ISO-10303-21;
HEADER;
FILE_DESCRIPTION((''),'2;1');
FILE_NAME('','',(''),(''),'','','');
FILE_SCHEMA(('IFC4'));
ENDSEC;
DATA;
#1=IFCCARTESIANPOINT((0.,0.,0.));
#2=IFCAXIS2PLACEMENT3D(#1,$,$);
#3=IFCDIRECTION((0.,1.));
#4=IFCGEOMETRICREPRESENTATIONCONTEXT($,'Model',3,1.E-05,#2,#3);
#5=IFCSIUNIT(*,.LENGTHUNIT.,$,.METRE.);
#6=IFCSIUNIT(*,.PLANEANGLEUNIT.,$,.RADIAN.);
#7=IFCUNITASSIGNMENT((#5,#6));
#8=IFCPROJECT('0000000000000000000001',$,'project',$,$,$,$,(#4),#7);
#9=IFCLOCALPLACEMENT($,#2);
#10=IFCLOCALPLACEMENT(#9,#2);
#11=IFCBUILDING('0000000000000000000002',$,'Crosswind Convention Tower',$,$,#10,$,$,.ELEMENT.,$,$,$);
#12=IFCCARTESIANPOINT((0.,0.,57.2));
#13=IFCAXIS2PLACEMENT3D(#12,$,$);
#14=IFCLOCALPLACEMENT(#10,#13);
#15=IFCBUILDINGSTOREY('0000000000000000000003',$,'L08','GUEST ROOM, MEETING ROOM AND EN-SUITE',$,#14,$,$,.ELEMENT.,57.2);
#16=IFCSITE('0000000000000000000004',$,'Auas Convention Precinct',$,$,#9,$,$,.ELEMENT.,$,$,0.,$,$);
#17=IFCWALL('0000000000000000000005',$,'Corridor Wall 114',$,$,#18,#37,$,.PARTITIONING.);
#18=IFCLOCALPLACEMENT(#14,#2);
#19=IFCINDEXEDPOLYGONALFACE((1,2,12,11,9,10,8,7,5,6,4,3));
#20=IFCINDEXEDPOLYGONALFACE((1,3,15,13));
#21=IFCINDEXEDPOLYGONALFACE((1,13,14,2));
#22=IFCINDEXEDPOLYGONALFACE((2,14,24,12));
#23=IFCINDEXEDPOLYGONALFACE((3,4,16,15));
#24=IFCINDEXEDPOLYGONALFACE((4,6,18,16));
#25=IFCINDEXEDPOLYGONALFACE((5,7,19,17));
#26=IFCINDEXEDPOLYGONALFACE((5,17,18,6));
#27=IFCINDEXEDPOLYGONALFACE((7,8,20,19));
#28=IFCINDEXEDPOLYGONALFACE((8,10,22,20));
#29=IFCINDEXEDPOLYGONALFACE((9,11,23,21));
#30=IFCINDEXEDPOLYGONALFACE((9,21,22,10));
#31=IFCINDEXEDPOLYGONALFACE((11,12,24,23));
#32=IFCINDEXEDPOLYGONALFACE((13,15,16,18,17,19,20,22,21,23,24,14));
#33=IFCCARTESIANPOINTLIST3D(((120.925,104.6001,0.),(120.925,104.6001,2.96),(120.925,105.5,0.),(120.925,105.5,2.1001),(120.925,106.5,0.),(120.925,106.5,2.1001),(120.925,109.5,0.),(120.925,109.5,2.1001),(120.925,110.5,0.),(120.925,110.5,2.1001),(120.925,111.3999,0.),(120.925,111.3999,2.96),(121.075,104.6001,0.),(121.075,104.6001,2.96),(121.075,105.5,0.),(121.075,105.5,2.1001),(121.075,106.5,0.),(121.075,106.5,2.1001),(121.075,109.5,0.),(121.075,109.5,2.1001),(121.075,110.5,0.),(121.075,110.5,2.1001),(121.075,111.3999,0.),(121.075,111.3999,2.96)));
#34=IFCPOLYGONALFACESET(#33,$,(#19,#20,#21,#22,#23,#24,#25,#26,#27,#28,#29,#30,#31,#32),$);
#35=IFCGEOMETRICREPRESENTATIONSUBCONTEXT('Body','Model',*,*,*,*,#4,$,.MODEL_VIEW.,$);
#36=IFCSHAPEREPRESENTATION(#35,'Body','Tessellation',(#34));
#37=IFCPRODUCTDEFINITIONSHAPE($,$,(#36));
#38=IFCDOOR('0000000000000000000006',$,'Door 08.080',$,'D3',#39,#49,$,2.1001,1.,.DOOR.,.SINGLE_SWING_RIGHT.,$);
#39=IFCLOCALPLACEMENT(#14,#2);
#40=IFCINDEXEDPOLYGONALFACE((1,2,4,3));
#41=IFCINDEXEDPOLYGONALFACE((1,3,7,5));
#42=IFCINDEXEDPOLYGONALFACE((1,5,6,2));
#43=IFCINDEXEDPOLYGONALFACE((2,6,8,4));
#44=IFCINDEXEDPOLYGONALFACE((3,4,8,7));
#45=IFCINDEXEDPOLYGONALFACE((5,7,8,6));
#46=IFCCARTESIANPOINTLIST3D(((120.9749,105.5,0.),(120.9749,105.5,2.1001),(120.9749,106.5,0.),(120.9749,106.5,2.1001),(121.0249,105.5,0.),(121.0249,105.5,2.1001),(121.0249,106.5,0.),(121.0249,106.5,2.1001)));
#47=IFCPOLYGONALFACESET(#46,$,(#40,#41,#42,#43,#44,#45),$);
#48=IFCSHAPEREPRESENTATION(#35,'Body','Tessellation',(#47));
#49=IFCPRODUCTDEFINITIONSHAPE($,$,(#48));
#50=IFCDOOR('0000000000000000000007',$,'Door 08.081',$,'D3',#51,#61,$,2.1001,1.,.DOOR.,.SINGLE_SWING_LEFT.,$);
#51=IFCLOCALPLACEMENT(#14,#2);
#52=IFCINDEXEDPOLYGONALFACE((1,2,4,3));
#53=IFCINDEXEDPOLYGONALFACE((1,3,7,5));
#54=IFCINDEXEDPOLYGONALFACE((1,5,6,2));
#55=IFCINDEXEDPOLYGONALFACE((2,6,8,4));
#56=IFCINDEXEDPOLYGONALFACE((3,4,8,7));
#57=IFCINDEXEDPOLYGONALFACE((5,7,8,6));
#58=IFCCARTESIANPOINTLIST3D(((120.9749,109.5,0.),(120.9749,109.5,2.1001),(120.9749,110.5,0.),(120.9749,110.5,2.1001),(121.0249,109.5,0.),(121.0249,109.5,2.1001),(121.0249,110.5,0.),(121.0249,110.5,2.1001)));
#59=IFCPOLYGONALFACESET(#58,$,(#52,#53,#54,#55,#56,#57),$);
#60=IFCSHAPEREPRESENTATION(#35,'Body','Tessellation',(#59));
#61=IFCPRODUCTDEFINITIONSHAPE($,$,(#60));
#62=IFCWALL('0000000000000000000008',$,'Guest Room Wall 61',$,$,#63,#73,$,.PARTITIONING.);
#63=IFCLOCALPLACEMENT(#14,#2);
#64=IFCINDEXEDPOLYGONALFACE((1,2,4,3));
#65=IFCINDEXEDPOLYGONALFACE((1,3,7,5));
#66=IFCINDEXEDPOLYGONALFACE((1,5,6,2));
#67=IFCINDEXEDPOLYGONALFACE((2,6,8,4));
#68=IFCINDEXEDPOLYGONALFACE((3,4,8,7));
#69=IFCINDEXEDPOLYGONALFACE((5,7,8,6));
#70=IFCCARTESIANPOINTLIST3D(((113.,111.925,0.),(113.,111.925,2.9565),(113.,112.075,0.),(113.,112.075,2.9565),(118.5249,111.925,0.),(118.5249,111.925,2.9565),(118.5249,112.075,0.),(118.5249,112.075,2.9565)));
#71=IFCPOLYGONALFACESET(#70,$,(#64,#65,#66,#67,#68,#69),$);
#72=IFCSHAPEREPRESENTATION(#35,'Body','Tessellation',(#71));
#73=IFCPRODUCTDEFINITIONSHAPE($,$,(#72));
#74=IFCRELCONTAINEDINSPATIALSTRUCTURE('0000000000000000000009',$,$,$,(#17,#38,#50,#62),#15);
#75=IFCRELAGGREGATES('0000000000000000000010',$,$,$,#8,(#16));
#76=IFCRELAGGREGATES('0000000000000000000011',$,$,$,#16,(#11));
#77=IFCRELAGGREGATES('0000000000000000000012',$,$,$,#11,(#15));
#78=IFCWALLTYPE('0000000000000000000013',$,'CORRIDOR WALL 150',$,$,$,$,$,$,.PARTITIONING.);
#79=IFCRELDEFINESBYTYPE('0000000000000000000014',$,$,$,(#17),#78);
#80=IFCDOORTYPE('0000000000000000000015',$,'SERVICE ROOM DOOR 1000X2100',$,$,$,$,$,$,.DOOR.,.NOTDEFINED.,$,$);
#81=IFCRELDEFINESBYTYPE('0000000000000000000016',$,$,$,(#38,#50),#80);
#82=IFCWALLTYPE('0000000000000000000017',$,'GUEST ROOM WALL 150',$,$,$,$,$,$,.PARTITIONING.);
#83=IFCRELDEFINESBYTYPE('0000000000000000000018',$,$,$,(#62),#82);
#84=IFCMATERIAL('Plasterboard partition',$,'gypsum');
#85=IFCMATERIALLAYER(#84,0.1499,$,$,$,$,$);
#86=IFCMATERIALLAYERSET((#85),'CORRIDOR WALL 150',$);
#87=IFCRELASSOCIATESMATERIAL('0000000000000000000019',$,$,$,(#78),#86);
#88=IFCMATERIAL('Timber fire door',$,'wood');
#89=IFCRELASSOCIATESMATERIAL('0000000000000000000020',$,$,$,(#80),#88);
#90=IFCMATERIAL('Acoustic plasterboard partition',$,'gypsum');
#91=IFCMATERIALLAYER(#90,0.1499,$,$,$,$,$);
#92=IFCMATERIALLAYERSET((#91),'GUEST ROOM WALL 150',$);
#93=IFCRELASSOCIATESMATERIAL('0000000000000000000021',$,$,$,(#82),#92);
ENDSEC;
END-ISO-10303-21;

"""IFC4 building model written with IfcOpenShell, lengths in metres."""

from ifc_helpers import new_model, si_unit, direction, frame, frame_2d, origin, place, context, subcontext, project, spatial, rectangle, extrude, material, layer, layer_set, type_object, element, fill, save


model = new_model("IFC4")

# Units and contexts
model_context = context("Model", 3, precision=1e-05, world=origin(), true_north=direction((0.0, 1.0)))
body_context = subcontext(model_context, "Body", "Model", "MODEL_VIEW")
ifc_project = project(units=[si_unit("LENGTHUNIT", "METRE"), si_unit("PLANEANGLEUNIT", "RADIAN")], contexts=[model_context])

# Site, building, storey
site_placement = place(None, origin())
site = spatial("IfcSite", under=ifc_project, at=site_placement, Name="Auas Convention Precinct", CompositionType="ELEMENT", RefElevation=0.0)
building_placement = place(site_placement, origin())
building = spatial("IfcBuilding", under=site, at=building_placement, Name="Crosswind Convention Tower", CompositionType="ELEMENT")
storey_placement = place(building_placement, frame((0.0, 0.0, 57.2)))
storey = spatial("IfcBuildingStorey", under=building, at=storey_placement, Name="L08", Description="GUEST ROOM, MEETING ROOM AND EN-SUITE", CompositionType="ELEMENT", Elevation=57.2)

# Shared definitions
ifc_material_1 = material(Name="Plasterboard partition", Category="gypsum")
ifc_layer_1 = layer(ifc_material_1, 0.1499)
ifc_layer_set_1 = layer_set([ifc_layer_1], Name="CORRIDOR WALL 150")
wall_type_1 = type_object("IfcWallType", Name="CORRIDOR WALL 150", PredefinedType="PARTITIONING", material=ifc_layer_set_1)

# Shared definitions
ifc_material_2 = material(Name="Timber fire door", Category="wood")
door_type_1 = type_object("IfcDoorType", Name="SERVICE ROOM DOOR 1000X2100", OperationType="NOTDEFINED", PredefinedType="DOOR", material=ifc_material_2)

# Wall, openings, doors
wall_1_placement = place(storey_placement, frame((121.0, 104.6001, 0.0), z_axis=(0.0, 0.0, 1.0), x_axis=(0.0, 1.0, 0.0)))
wall_1 = element("IfcWall", 1, at=wall_1_placement, inside=storey, type_object=wall_type_1, Name="Corridor Wall 114", PredefinedType="PARTITIONING", context=body_context, shape_type="SweptSolid", body=[
    extrude(rectangle(XDim=6.7998, YDim=0.1499, at=frame_2d((3.3999, 0.0))), origin(), (0.0, 0.0, 1.0), 2.96),
])
opening_1_placement = place(wall_1_placement, frame((0.8999, 0.0, 0.0)))
opening_1 = element("IfcOpeningElement", 2, at=opening_1_placement, cuts=wall_1, PredefinedType="OPENING", context=body_context, shape_type="SweptSolid", body=[
    extrude(rectangle(XDim=1.0, YDim=2.1001, at=frame_2d((0.5, 1.05))), frame((0.0, 0.085, 0.0), z_axis=(0.0, -1.0, 0.0), x_axis=(1.0, 0.0, 0.0)), (0.0, 0.0, 1.0), 0.1699),
])
opening_2_placement = place(wall_1_placement, frame((4.8999, 0.0, 0.0)))
opening_2 = element("IfcOpeningElement", 3, at=opening_2_placement, cuts=wall_1, PredefinedType="OPENING", context=body_context, shape_type="SweptSolid", body=[
    extrude(rectangle(XDim=1.0, YDim=2.1001, at=frame_2d((0.5, 1.05))), frame((0.0, 0.085, 0.0), z_axis=(0.0, -1.0, 0.0), x_axis=(1.0, 0.0, 0.0)), (0.0, 0.0, 1.0), 0.1699),
])
door_1_placement = place(opening_1_placement, frame((1.0, 0.0, 0.0), z_axis=(0.0, 0.0, 1.0), x_axis=(-1.0, 0.0, 0.0)))
door_1 = element("IfcDoor", 4, at=door_1_placement, inside=storey, type_object=door_type_1, Name="Door 08.080", ObjectType="D3", OperationType="SINGLE_SWING_RIGHT", OverallHeight=2.1001, OverallWidth=1.0, PredefinedType="DOOR", context=body_context, shape_type="SweptSolid", body=[
    extrude(rectangle(XDim=1.0, YDim=2.1001, at=frame_2d((0.5, 1.05))), frame((0.0, 0.0249, 0.0), z_axis=(0.0, -1.0, 0.0), x_axis=(1.0, 0.0, 0.0)), (0.0, 0.0, 1.0), 0.05),
])
fill(opening_1, door_1)
door_2_placement = place(opening_2_placement, frame((1.0, 0.0, 0.0), z_axis=(0.0, 0.0, 1.0), x_axis=(-1.0, 0.0, 0.0)))
door_2 = element("IfcDoor", 5, at=door_2_placement, inside=storey, type_object=door_type_1, Name="Door 08.081", ObjectType="D3", OperationType="SINGLE_SWING_LEFT", OverallHeight=2.1001, OverallWidth=1.0, PredefinedType="DOOR", context=body_context, shape_type="SweptSolid", body=[
    extrude(rectangle(XDim=1.0, YDim=2.1001, at=frame_2d((0.5, 1.05))), frame((0.0, 0.0249, 0.0), z_axis=(0.0, -1.0, 0.0), x_axis=(1.0, 0.0, 0.0)), (0.0, 0.0, 1.0), 0.05),
])
fill(opening_2, door_2)

# Wall
ifc_material_3 = material(Name="Acoustic plasterboard partition", Category="gypsum")
ifc_layer_2 = layer(ifc_material_3, 0.1499)
ifc_layer_set_2 = layer_set([ifc_layer_2], Name="GUEST ROOM WALL 150")
wall_type_2 = type_object("IfcWallType", Name="GUEST ROOM WALL 150", PredefinedType="PARTITIONING", material=ifc_layer_set_2)
wall_2_placement = place(storey_placement, frame((113.0, 112.0, 0.0), z_axis=(0.0, 0.0, 1.0), x_axis=(1.0, 0.0, 0.0)))
element("IfcWall", 6, at=wall_2_placement, inside=storey, type_object=wall_type_2, Name="Guest Room Wall 61", PredefinedType="PARTITIONING", context=body_context, shape_type="SweptSolid", body=[
    extrude(rectangle(XDim=5.5249, YDim=0.1499, at=frame_2d((2.7625, 0.0))), origin(), (0.0, 0.0, 1.0), 2.9565),
])

save(model, "model.ifc")
